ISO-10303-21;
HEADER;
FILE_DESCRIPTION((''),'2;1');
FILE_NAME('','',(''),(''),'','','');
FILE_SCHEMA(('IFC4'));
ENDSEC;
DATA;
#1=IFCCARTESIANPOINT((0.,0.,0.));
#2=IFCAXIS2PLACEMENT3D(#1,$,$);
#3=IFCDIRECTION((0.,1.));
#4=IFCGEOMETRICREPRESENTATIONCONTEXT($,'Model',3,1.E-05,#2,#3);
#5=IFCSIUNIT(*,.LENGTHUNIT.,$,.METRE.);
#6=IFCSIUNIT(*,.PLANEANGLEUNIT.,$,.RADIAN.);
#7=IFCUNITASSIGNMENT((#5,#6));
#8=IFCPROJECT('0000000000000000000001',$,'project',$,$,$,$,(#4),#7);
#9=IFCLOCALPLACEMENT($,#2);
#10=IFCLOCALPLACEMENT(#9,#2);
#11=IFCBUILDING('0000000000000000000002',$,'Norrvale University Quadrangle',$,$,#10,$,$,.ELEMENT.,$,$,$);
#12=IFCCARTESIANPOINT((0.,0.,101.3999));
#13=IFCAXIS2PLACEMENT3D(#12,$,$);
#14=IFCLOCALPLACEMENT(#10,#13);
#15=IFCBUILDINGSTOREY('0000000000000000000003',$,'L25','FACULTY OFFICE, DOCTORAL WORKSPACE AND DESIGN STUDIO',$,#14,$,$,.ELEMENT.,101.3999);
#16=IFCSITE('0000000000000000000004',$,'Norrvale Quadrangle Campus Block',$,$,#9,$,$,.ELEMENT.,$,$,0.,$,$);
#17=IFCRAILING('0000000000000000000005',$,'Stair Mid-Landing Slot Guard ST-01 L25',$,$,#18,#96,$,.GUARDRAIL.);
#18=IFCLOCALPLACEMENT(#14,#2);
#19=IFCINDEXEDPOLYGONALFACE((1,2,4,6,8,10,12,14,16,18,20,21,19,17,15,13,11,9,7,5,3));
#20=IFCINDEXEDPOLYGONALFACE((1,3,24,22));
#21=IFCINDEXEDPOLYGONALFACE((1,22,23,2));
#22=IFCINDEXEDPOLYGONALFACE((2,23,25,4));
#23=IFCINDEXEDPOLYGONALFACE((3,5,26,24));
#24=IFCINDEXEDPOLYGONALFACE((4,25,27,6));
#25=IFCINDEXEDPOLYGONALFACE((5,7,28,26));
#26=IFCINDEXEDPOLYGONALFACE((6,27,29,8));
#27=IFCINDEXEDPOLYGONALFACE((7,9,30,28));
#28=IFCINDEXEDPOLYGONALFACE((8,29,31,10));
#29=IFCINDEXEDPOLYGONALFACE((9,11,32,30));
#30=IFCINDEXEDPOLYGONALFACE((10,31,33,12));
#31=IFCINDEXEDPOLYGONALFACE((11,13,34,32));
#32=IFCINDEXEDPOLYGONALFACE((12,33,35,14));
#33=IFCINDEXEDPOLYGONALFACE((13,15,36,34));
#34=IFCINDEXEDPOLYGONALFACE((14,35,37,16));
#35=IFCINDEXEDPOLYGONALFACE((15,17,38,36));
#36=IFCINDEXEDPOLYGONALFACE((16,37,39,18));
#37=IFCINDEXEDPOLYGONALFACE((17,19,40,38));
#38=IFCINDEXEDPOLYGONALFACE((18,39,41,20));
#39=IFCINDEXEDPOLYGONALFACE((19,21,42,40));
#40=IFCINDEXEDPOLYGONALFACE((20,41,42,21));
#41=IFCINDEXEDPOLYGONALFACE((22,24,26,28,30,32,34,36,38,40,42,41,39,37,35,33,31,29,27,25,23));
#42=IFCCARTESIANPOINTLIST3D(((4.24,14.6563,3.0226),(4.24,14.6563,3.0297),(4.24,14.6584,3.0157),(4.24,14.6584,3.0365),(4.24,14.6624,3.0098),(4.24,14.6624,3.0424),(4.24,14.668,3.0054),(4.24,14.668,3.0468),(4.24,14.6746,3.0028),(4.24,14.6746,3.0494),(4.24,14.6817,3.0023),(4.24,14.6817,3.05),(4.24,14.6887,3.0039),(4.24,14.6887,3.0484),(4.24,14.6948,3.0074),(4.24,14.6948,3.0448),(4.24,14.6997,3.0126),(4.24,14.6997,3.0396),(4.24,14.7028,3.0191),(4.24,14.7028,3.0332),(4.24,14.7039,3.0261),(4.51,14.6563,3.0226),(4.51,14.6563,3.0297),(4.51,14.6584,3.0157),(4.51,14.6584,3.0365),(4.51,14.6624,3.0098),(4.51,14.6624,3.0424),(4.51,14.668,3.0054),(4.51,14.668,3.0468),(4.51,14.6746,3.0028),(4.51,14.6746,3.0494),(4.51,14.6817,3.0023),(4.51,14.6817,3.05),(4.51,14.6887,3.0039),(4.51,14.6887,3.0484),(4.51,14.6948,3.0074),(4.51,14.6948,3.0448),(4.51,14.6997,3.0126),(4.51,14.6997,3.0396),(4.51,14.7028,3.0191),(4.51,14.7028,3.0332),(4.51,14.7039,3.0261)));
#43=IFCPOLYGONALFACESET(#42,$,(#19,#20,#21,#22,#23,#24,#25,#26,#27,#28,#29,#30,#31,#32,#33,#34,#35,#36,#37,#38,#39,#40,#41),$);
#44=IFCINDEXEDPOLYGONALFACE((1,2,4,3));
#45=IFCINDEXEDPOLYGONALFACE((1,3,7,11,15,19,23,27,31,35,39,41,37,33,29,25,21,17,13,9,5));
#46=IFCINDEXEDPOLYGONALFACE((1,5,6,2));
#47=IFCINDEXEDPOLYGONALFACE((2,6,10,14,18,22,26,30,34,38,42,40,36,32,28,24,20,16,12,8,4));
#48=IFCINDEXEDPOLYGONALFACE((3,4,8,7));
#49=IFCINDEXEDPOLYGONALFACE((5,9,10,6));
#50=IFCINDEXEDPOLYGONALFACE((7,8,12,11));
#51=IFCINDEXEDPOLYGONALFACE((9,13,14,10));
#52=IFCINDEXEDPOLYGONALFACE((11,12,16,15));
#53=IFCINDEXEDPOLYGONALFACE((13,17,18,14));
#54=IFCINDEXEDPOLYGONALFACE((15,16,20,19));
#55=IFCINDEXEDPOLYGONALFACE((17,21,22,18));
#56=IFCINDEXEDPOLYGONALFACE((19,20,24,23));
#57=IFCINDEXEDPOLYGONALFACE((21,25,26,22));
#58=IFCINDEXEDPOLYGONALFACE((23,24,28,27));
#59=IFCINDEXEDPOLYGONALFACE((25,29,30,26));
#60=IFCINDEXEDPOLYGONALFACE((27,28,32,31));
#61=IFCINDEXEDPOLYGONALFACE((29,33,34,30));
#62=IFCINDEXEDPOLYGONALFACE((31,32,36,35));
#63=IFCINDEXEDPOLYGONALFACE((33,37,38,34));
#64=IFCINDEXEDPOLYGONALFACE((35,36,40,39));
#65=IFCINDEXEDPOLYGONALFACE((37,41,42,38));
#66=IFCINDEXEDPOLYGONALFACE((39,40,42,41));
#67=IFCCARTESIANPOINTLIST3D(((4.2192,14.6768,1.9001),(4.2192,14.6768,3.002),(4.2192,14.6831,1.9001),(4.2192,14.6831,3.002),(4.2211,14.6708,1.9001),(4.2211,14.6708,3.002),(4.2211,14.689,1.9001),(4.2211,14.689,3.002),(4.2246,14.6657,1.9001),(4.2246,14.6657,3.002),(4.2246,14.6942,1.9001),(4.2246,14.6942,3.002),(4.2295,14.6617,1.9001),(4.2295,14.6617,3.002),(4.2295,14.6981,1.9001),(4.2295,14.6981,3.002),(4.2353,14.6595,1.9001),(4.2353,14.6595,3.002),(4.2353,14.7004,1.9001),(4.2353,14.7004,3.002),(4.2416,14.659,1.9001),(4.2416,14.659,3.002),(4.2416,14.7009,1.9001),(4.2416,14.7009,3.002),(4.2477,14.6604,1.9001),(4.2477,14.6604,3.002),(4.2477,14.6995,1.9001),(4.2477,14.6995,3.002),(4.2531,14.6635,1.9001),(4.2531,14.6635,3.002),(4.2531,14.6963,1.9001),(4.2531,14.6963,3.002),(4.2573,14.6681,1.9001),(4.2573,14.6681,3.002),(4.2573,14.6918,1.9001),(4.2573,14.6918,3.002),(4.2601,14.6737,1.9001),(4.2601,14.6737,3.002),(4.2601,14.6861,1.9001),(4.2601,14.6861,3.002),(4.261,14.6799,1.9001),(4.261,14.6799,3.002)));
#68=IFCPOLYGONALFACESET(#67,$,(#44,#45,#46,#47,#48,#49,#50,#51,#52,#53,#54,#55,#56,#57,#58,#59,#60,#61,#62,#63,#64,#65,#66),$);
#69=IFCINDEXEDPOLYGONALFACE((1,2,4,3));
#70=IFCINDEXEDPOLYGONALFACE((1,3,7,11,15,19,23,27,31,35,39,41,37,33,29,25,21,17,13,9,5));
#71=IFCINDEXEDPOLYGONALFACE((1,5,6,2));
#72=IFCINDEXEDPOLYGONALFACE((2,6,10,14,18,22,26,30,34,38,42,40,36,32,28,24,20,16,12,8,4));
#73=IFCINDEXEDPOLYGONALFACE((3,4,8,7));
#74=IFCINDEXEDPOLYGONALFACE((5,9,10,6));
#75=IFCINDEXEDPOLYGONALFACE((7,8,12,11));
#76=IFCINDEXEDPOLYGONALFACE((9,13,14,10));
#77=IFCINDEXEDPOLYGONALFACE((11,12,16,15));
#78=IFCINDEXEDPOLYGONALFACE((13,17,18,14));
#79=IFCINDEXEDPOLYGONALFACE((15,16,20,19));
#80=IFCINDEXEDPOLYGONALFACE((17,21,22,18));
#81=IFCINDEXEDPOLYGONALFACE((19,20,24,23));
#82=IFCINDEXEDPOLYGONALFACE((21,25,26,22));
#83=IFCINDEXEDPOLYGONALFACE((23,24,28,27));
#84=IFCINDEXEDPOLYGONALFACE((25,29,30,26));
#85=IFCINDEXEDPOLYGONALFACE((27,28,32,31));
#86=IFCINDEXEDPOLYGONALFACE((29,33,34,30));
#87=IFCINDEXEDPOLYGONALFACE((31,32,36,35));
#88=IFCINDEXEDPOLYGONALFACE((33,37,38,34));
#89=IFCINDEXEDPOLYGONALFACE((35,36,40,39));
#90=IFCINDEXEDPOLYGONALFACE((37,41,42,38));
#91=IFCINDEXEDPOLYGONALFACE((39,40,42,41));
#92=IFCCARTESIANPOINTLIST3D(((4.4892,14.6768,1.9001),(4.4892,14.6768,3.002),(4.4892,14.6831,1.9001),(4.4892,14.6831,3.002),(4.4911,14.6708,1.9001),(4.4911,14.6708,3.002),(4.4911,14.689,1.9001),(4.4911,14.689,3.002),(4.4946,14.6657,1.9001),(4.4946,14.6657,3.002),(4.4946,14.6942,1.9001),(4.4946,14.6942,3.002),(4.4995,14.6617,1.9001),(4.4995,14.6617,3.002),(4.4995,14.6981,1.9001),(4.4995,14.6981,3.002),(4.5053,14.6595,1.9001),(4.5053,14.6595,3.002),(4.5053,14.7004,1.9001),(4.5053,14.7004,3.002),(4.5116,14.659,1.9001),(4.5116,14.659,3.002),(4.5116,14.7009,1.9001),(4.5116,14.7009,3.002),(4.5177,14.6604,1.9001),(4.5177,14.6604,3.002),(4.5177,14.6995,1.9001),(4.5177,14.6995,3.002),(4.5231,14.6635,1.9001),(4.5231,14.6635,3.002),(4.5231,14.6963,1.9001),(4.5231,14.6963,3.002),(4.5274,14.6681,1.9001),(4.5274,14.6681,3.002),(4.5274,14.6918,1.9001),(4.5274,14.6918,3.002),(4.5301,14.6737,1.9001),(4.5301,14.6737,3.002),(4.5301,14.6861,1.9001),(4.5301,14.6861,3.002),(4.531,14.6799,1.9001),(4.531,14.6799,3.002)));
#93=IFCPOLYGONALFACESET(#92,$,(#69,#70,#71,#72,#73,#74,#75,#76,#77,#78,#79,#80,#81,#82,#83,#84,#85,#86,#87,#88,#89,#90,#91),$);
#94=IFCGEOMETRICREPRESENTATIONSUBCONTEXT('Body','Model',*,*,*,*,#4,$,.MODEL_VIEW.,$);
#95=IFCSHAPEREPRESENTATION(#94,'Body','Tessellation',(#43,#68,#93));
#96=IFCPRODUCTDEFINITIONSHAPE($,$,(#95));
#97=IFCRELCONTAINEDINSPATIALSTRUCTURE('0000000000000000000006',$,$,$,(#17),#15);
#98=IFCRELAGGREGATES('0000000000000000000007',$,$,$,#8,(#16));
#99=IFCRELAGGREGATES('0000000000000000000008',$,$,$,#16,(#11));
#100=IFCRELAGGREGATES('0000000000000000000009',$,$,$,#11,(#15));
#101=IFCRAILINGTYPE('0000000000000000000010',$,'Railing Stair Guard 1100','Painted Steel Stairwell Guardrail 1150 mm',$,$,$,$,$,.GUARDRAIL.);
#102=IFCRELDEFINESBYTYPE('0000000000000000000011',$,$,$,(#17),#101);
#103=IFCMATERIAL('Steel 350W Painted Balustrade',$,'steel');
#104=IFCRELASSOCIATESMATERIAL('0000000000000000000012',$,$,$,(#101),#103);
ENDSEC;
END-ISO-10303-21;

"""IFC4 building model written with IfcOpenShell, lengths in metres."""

from ifc_helpers import new_model, si_unit, direction, frame, origin, origin_2d, place, context, subcontext, project, spatial, circle, extrude, material, type_object, element, save


model = new_model("IFC4")

# Units and contexts
model_context = context("Model", 3, precision=1e-05, world=origin(), true_north=direction((0.0, 1.0)))
body_context = subcontext(model_context, "Body", "Model", "MODEL_VIEW")
ifc_project = project(units=[si_unit("LENGTHUNIT", "METRE"), si_unit("PLANEANGLEUNIT", "RADIAN")], contexts=[model_context])

# Site, building, storey
site_placement = place(None, origin())
site = spatial("IfcSite", under=ifc_project, at=site_placement, Name="Norrvale Quadrangle Campus Block", CompositionType="ELEMENT", RefElevation=0.0)
building_placement = place(site_placement, origin())
building = spatial("IfcBuilding", under=site, at=building_placement, Name="Norrvale University Quadrangle", CompositionType="ELEMENT")
storey_placement = place(building_placement, frame((0.0, 0.0, 101.3999)))
storey = spatial("IfcBuildingStorey", under=building, at=storey_placement, Name="L25", Description="FACULTY OFFICE, DOCTORAL WORKSPACE AND DESIGN STUDIO", CompositionType="ELEMENT", Elevation=101.3999)

# Railing
ifc_material_1 = material(Name="Steel 350W Painted Balustrade", Category="steel")
railing_type_1 = type_object("IfcRailingType", Name="Railing Stair Guard 1100", Description="Painted Steel Stairwell Guardrail 1150 mm", PredefinedType="GUARDRAIL", material=ifc_material_1)
for number, where, name in (
    (1, (4.24, 14.6799, 1.9001), "Stair Mid-Landing Slot Guard ST-01 L25"),
):
    element("IfcRailing", number, at=place(storey_placement, frame(where)), inside=storey, type_object=railing_type_1, Name=name, PredefinedType="GUARDRAIL", context=body_context, shape_type="SweptSolid", body=[
        extrude(circle(Radius=0.0239, at=origin_2d()), frame((0.0, 0.0, 1.126), z_axis=(1.0, 0.0, 0.0), x_axis=(0.0, 1.0, 0.0)), (0.0, 0.0, 1.0), 0.27),
        extrude(circle(Radius=0.021, at=origin_2d()), origin(), (0.0, 0.0, 1.0), 1.1018),
        extrude(circle(Radius=0.021, at=origin_2d()), frame((0.27, 0.0, 0.0)), (0.0, 0.0, 1.0), 1.1018),
    ])

save(model, "model.ifc")
